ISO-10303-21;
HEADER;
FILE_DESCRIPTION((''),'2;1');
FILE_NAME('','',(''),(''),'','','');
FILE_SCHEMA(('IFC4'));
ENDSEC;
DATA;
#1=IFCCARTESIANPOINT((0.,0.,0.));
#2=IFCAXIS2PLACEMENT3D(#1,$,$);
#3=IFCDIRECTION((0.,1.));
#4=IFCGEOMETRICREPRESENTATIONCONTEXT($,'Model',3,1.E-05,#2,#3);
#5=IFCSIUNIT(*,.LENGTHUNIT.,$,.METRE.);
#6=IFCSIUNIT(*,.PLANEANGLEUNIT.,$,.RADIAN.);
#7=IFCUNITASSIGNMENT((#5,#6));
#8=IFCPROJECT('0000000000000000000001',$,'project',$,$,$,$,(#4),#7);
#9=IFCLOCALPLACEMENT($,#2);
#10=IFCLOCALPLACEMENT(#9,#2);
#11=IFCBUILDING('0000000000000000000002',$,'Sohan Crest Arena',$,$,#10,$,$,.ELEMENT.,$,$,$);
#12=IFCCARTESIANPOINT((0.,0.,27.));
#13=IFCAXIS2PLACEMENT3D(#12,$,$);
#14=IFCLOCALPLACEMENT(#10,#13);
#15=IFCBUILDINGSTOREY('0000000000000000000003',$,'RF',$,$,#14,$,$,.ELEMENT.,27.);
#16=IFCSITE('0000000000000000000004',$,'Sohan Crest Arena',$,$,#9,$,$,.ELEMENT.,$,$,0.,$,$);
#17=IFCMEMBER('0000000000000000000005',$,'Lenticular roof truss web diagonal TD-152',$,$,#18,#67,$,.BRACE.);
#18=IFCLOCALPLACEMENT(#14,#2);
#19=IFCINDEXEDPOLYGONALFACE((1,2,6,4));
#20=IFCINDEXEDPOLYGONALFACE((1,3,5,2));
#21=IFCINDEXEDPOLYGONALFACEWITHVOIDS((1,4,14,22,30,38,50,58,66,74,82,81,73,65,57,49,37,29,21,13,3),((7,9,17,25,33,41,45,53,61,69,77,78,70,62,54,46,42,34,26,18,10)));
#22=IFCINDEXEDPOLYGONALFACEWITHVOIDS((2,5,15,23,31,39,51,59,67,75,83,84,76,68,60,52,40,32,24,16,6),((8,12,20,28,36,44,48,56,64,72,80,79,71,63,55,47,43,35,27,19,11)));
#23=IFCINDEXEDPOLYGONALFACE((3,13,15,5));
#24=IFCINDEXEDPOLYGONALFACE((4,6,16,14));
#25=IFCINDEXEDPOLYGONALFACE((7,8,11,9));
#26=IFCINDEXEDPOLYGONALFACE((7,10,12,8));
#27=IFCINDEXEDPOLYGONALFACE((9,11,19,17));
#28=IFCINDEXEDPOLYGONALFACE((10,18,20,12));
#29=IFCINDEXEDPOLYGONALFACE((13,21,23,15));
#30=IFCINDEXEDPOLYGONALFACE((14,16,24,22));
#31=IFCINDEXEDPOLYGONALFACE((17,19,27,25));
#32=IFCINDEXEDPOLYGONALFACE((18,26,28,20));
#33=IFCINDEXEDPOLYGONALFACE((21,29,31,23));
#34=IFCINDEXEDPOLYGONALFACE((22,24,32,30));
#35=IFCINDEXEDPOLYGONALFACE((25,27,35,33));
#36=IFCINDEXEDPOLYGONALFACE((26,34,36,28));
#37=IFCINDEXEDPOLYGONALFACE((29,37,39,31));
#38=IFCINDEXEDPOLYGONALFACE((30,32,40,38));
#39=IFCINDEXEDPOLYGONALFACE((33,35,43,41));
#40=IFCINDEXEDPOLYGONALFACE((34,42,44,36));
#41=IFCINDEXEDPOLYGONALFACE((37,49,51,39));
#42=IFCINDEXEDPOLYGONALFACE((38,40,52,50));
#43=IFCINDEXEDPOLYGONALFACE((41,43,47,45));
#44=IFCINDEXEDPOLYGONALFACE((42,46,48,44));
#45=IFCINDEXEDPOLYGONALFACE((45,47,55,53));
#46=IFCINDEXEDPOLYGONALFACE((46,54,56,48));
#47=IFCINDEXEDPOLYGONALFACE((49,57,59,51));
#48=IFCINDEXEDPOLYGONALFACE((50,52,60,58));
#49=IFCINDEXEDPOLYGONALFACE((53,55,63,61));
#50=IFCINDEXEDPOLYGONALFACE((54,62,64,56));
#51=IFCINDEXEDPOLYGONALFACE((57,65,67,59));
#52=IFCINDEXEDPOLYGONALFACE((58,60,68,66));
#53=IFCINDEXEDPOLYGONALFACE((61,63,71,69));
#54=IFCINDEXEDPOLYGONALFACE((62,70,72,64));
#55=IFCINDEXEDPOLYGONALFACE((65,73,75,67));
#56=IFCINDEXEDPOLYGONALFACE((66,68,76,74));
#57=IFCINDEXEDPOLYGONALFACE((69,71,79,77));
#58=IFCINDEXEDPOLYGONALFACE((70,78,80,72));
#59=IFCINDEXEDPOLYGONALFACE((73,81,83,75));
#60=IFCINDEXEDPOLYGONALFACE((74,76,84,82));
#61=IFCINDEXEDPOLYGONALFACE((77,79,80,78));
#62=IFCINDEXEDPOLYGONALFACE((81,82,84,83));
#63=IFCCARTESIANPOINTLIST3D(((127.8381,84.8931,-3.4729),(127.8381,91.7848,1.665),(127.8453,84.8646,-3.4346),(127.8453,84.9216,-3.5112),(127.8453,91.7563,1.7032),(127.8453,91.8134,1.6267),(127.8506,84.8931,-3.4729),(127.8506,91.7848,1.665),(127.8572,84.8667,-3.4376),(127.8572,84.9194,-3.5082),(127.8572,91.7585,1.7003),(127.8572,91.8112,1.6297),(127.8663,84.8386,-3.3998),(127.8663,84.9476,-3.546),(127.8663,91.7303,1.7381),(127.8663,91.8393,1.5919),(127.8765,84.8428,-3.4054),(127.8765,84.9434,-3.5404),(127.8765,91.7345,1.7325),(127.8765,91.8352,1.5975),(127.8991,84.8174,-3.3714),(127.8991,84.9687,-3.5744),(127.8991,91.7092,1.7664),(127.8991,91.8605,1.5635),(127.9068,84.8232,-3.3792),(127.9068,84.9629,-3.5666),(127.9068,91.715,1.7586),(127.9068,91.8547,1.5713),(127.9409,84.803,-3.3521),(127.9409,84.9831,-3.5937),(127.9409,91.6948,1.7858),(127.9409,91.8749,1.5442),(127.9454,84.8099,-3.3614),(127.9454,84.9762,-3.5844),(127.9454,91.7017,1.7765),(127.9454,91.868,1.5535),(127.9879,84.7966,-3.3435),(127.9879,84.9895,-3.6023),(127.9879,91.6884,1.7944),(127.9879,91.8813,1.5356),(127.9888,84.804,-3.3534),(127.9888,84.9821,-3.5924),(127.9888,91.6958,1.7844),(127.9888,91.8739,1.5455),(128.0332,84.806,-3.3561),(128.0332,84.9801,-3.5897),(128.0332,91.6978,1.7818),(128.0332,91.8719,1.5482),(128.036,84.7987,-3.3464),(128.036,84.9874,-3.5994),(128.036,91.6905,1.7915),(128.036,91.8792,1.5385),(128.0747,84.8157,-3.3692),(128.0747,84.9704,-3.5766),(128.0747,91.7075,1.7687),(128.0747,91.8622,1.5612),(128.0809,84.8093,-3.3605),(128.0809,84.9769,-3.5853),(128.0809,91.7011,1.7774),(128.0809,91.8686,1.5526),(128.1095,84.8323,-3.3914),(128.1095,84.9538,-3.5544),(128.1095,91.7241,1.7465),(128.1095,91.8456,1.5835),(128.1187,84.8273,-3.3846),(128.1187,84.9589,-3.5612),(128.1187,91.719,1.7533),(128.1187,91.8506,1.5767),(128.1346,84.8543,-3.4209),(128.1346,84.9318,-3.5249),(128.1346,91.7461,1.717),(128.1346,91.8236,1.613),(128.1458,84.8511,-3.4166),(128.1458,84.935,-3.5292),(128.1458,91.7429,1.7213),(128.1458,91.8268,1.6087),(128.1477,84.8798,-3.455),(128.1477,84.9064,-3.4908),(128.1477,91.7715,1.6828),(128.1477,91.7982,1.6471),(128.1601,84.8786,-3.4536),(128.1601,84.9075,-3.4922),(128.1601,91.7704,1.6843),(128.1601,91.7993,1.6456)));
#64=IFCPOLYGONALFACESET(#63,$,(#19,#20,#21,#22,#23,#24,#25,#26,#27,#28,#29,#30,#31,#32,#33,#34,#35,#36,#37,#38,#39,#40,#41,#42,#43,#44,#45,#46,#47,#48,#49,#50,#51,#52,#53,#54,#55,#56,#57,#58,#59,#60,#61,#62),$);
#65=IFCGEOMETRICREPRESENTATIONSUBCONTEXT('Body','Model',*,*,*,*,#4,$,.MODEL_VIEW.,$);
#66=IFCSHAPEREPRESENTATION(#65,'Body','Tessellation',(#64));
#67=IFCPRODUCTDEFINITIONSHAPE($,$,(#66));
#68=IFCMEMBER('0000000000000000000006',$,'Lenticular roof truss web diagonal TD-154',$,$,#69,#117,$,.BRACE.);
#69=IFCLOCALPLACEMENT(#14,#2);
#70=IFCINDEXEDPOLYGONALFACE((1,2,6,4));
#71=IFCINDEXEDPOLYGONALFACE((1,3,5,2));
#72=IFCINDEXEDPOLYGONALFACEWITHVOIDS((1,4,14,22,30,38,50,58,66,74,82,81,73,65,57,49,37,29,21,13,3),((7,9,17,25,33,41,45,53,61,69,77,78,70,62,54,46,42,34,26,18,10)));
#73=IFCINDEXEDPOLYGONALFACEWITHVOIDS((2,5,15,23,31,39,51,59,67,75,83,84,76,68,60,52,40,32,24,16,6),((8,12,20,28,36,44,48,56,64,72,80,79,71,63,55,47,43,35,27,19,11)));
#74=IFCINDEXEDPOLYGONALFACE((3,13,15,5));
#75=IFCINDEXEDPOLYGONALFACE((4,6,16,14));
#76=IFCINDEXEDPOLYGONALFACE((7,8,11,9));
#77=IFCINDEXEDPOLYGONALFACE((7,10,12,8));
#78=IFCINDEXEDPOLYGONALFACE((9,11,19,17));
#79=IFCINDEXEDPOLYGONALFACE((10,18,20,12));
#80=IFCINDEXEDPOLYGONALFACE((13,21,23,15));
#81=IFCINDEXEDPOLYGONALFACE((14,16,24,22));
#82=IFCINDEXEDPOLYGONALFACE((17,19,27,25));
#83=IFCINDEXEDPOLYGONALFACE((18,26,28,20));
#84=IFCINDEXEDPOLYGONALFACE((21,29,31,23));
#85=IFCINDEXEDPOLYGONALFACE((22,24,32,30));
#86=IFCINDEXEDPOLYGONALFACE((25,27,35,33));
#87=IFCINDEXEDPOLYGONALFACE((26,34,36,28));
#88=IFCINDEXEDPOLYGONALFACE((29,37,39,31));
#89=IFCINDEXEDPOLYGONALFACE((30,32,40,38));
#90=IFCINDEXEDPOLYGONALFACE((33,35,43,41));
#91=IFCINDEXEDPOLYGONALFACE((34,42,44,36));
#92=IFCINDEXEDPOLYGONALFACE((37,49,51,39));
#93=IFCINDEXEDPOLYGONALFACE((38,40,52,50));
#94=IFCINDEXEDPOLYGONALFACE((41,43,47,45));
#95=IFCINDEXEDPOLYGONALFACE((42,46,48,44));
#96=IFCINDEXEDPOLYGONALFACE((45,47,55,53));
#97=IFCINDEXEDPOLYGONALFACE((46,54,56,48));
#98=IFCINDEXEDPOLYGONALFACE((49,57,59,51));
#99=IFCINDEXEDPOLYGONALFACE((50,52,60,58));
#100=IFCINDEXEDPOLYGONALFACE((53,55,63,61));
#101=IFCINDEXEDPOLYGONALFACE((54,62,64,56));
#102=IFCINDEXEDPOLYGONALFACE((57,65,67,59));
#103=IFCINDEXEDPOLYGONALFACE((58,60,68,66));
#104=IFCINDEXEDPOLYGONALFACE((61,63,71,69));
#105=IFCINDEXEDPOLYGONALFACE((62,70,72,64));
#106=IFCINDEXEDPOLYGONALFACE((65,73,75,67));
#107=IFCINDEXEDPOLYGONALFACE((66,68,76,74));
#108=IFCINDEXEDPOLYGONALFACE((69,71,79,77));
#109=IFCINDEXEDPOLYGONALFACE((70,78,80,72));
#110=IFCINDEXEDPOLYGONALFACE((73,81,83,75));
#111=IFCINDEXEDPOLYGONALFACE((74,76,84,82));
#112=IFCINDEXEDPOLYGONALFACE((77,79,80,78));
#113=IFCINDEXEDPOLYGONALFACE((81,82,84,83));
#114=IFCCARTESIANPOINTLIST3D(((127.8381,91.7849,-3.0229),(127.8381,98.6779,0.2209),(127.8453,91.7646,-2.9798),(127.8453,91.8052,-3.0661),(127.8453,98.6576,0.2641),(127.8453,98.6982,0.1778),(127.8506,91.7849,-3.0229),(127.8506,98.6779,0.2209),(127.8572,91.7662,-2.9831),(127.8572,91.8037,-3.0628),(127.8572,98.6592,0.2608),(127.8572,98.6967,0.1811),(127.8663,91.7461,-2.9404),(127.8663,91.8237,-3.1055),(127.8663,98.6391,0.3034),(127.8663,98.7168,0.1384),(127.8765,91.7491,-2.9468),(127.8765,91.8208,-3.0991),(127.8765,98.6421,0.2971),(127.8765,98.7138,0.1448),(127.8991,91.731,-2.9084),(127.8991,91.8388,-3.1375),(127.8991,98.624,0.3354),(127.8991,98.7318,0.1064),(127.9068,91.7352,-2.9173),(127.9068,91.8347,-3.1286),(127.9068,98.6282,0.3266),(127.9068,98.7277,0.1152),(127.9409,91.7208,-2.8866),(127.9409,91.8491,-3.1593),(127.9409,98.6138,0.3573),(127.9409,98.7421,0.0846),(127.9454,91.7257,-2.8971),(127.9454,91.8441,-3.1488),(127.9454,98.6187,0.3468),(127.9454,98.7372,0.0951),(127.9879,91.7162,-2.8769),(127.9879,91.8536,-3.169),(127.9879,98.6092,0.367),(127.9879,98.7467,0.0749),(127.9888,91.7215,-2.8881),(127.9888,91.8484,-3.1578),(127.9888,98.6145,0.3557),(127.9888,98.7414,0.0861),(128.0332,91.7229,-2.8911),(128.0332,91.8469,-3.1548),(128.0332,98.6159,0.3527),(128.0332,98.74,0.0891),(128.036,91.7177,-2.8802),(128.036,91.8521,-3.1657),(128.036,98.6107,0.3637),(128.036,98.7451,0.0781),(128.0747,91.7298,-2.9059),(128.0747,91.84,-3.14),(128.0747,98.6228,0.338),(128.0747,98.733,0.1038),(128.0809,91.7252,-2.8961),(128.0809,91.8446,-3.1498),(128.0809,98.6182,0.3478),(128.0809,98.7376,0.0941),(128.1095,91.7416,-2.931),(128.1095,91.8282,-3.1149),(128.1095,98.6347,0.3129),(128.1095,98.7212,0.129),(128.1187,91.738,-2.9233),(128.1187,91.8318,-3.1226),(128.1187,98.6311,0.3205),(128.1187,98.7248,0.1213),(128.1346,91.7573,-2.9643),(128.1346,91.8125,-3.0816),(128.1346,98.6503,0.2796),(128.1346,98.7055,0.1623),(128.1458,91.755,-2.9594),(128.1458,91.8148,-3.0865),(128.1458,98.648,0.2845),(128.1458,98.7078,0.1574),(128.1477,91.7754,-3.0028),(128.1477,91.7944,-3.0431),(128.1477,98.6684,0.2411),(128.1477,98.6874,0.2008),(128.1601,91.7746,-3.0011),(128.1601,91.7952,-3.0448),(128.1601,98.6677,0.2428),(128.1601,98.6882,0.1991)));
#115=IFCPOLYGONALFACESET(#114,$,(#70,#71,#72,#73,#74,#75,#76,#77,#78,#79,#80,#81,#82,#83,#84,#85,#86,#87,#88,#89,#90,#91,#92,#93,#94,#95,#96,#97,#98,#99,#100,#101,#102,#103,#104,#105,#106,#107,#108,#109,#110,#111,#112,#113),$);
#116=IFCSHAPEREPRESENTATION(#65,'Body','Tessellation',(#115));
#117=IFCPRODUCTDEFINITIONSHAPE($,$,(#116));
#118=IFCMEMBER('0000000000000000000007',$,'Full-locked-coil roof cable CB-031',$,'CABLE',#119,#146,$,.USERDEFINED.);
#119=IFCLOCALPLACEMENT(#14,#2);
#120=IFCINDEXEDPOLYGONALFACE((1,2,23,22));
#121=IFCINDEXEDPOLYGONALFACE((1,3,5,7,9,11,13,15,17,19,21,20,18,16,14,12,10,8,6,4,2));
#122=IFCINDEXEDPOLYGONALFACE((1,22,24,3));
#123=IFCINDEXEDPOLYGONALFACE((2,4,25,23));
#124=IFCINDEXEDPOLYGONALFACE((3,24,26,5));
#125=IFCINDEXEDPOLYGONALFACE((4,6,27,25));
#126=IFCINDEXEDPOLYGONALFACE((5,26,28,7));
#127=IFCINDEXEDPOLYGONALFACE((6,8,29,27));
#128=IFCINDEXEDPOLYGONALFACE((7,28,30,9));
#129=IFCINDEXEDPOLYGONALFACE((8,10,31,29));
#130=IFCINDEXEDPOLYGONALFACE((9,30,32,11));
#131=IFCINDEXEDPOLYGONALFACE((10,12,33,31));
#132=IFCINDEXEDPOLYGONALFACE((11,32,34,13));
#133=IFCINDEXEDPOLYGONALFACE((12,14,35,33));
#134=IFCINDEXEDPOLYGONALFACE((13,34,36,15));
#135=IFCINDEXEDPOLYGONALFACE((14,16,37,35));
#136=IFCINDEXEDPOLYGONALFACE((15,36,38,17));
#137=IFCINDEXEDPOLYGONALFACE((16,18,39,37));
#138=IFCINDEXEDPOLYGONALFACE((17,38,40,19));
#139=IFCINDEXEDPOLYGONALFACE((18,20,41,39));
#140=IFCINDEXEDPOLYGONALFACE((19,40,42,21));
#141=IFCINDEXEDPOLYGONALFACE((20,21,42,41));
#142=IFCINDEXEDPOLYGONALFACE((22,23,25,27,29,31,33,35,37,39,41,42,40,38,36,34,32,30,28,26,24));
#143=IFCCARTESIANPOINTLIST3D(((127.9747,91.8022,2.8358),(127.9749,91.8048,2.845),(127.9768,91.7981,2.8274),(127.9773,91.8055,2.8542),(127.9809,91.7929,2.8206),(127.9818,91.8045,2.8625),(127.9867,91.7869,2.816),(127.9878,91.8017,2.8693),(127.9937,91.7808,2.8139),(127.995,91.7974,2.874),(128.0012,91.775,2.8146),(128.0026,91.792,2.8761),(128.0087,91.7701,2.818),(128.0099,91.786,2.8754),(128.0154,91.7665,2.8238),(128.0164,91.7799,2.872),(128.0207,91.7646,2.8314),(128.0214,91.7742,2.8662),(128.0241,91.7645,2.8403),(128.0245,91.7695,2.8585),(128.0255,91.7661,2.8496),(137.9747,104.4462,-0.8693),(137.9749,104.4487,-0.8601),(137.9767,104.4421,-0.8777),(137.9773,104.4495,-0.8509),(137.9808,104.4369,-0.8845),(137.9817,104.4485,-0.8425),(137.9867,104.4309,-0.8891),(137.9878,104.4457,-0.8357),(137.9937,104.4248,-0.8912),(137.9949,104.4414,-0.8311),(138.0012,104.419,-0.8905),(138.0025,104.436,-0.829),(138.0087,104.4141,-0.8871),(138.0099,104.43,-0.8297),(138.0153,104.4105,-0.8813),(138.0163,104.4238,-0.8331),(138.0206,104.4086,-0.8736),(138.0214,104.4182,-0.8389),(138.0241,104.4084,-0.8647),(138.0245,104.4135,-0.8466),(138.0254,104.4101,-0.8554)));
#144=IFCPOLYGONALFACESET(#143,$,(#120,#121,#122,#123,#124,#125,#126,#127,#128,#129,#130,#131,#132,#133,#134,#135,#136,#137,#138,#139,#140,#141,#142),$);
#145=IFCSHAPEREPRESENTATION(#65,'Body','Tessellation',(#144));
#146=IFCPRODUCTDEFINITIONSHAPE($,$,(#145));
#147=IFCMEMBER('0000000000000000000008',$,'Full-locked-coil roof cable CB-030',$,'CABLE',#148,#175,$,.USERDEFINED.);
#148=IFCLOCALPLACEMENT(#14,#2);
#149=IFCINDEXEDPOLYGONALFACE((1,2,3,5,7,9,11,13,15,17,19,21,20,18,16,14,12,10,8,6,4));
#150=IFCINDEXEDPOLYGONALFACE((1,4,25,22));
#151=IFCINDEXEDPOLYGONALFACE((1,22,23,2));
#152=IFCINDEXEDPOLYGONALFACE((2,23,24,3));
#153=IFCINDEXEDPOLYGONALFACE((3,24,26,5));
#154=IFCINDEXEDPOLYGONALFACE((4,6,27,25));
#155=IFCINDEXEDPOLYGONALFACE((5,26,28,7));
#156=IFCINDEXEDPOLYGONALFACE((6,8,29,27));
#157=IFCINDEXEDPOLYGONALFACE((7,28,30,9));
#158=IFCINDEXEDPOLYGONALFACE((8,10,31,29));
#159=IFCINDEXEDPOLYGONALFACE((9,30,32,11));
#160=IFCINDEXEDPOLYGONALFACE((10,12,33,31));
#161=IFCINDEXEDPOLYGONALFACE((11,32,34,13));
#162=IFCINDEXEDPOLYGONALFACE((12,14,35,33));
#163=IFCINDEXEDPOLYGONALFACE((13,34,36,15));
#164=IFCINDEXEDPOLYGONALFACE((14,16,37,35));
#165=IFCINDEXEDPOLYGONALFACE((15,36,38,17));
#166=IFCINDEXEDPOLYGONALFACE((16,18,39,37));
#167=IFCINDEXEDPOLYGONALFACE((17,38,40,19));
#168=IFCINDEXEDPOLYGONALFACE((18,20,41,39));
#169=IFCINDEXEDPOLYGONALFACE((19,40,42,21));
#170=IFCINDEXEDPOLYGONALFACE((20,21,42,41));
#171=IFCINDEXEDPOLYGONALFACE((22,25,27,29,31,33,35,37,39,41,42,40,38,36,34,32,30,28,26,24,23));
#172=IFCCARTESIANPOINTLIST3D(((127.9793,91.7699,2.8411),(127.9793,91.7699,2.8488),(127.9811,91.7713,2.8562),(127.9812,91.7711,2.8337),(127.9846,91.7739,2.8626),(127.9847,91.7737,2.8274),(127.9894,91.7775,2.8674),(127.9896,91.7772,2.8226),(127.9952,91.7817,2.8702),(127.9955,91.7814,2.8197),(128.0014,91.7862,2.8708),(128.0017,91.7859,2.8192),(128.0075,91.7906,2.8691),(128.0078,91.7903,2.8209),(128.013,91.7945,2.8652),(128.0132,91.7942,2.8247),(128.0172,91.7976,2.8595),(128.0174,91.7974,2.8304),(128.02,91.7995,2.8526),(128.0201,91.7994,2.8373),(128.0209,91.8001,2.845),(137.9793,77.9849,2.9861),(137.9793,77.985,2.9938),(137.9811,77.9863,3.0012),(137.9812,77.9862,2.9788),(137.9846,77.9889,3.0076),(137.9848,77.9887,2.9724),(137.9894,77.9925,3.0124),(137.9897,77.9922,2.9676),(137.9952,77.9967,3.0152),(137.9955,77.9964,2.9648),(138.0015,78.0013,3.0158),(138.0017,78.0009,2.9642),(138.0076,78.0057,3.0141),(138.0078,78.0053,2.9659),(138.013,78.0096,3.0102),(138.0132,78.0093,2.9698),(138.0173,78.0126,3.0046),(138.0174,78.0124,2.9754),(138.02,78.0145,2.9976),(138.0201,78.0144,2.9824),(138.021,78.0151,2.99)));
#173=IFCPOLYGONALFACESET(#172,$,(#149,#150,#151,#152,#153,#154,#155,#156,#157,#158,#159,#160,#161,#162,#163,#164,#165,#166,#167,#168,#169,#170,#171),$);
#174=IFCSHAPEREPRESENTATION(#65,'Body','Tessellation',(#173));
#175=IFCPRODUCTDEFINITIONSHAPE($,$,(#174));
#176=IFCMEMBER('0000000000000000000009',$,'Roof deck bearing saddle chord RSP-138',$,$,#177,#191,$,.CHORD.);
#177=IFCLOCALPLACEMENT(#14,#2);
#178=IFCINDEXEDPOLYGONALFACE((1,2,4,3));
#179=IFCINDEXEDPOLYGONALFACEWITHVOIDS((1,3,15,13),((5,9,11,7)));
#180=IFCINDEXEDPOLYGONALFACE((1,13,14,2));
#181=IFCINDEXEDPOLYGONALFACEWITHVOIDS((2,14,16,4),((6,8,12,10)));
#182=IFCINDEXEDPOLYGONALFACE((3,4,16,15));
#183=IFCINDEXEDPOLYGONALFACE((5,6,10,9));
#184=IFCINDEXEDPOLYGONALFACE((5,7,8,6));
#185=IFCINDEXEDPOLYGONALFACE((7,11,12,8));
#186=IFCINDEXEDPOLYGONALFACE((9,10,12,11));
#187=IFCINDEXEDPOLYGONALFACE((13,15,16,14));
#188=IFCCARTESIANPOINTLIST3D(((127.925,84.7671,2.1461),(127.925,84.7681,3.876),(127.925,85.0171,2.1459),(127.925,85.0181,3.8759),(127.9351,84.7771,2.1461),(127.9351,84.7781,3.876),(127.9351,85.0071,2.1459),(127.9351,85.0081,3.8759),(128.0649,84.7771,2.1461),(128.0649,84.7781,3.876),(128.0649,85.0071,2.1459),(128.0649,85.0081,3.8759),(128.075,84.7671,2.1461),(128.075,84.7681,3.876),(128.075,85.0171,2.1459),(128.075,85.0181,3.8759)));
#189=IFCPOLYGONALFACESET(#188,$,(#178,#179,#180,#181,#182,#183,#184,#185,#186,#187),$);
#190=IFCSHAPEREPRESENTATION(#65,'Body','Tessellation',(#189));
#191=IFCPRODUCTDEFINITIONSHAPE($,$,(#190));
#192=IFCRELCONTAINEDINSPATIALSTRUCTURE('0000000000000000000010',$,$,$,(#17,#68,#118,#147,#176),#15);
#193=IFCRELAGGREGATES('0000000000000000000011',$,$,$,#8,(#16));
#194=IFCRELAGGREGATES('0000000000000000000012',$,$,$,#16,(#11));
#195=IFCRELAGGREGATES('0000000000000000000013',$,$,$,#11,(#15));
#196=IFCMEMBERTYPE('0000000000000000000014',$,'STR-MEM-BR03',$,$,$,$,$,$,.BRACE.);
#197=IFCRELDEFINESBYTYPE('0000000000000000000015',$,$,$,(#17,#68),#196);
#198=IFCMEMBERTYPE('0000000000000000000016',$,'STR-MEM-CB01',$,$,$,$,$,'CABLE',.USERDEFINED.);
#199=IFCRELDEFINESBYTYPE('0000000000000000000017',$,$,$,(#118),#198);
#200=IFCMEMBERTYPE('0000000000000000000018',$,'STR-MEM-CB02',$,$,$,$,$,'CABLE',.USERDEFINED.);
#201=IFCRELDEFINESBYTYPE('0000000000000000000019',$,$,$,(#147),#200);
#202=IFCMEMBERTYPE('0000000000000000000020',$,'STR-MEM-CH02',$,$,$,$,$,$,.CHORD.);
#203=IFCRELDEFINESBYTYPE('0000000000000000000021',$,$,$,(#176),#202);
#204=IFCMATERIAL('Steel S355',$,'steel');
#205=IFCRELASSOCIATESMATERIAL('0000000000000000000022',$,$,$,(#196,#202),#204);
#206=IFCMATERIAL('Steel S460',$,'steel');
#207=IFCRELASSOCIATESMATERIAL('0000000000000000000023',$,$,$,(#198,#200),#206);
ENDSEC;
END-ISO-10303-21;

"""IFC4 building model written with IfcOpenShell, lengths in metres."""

from ifc_helpers import new_model, si_unit, direction, frame, origin, origin_2d, place, context, subcontext, project, spatial, hollow_rectangle, circle, hollow_circle, extrude, material, material_profile, profile_set, type_object, element, save


model = new_model("IFC4")

# Units and contexts
model_context = context("Model", 3, precision=1e-05, world=origin(), true_north=direction((0.0, 1.0)))
body_context = subcontext(model_context, "Body", "Model", "MODEL_VIEW")
ifc_project = project(units=[si_unit("LENGTHUNIT", "METRE"), si_unit("PLANEANGLEUNIT", "RADIAN")], contexts=[model_context])

# Site, building, storey
site_placement = place(None, origin())
site = spatial("IfcSite", under=ifc_project, at=site_placement, Name="Sohan Crest Arena", CompositionType="ELEMENT", RefElevation=0.0)
building_placement = place(site_placement, origin())
building = spatial("IfcBuilding", under=site, at=building_placement, Name="Sohan Crest Arena", CompositionType="ELEMENT")
storey_placement = place(building_placement, frame((0.0, 0.0, 27.0)))
storey = spatial("IfcBuildingStorey", under=building, at=storey_placement, Name="RF", CompositionType="ELEMENT", Elevation=27.0)

# Shared definitions
ifc_material_1 = material(Name="Steel S355", Category="steel")

# Members
ifc_material_profile_1 = material_profile(ifc_material_1, hollow_circle(Radius=0.1619, WallThickness=0.0125, at=origin_2d()), Name="CHS 323.9x12.5")
ifc_profile_set_1 = profile_set([ifc_material_profile_1], Name="Steel S355")
member_type_1 = type_object("IfcMemberType", Name="STR-MEM-BR03", PredefinedType="BRACE", material=ifc_profile_set_1)
member_1_placement = place(storey_placement, frame((128.0, 84.8931, -3.4729), z_axis=(0.0, 0.801725, 0.597694), x_axis=(-1.0, 0.0, 0.0)))
element("IfcMember", 1, at=member_1_placement, inside=storey, type_object=member_type_1, Name="Lenticular roof truss web diagonal TD-152", PredefinedType="BRACE", context=body_context, shape_type="SweptSolid", body=[
    extrude(hollow_circle(Radius=0.1619, WallThickness=0.0125, at=origin_2d()), origin(), (0.0, 0.0, 1.0), 8.5962),
])
member_2_placement = place(storey_placement, frame((128.0, 91.7849, -3.0229), z_axis=(0.0, 0.904814, 0.425808), x_axis=(-1.0, 0.0, 0.0)))
element("IfcMember", 2, at=member_2_placement, inside=storey, type_object=member_type_1, Name="Lenticular roof truss web diagonal TD-154", PredefinedType="BRACE", context=body_context, shape_type="SweptSolid", body=[
    extrude(hollow_circle(Radius=0.1619, WallThickness=0.0125, at=origin_2d()), origin(), (0.0, 0.0, 1.0), 7.6182),
])
ifc_material_2 = material(Name="Steel S460", Category="steel")
ifc_material_profile_2 = material_profile(ifc_material_2, circle(Radius=0.032, at=origin_2d()), Name="FLC D64")
ifc_profile_set_2 = profile_set([ifc_material_profile_2], Name="Steel S460")
member_type_2 = type_object("IfcMemberType", Name="STR-MEM-CB01", ElementType="CABLE", PredefinedType="USERDEFINED", material=ifc_profile_set_2)
member_3_placement = place(storey_placement, frame((128.0, 91.7849, 2.845), z_axis=(0.604564, 0.764414, -0.223996), x_axis=(-0.784344, 0.620327, 0.0)))
element("IfcMember", 3, at=member_3_placement, inside=storey, type_object=member_type_2, Name="Full-locked-coil roof cable CB-031", ObjectType="CABLE", PredefinedType="USERDEFINED", context=body_context, shape_type="SweptSolid", body=[
    extrude(circle(Radius=0.032, at=origin_2d()), origin(), (0.0, 0.0, 1.0), 16.5408),
])
ifc_material_profile_3 = material_profile(ifc_material_2, circle(Radius=0.0259, at=origin_2d()), Name="FLC D52")
ifc_profile_set_3 = profile_set([ifc_material_profile_3], Name="Steel S460")
member_type_3 = type_object("IfcMemberType", Name="STR-MEM-CB02", ElementType="CABLE", PredefinedType="USERDEFINED", material=ifc_profile_set_3)
member_4_placement = place(storey_placement, frame((128.0, 91.7849, 2.845), z_axis=(0.587175, -0.809415, 0.008515), x_axis=(0.809445, 0.587196, 0.0)))
element("IfcMember", 4, at=member_4_placement, inside=storey, type_object=member_type_3, Name="Full-locked-coil roof cable CB-030", ObjectType="CABLE", PredefinedType="USERDEFINED", context=body_context, shape_type="SweptSolid", body=[
    extrude(circle(Radius=0.0259, at=origin_2d()), origin(), (0.0, 0.0, 1.0), 17.0308),
])
ifc_material_profile_4 = material_profile(ifc_material_1, hollow_rectangle(XDim=0.1499, YDim=0.25, WallThickness=0.01, at=origin_2d()), Name="RHS 250x150x10")
ifc_profile_set_4 = profile_set([ifc_material_profile_4], Name="Steel S355")
member_type_4 = type_object("IfcMemberType", Name="STR-MEM-CH02", PredefinedType="CHORD", material=ifc_profile_set_4)
member_5_placement = place(storey_placement, frame((128.0, 84.8921, 2.146), z_axis=(0.0, 0.000564, 1.0), x_axis=(1.0, 0.0, 0.0)))
element("IfcMember", 5, at=member_5_placement, inside=storey, type_object=member_type_4, Name="Roof deck bearing saddle chord RSP-138", PredefinedType="CHORD", context=body_context, shape_type="SweptSolid", body=[
    extrude(hollow_rectangle(XDim=0.1499, YDim=0.25, WallThickness=0.01, at=origin_2d()), origin(), (0.0, 0.0, 1.0), 1.73),
])

save(model, "model.ifc")
